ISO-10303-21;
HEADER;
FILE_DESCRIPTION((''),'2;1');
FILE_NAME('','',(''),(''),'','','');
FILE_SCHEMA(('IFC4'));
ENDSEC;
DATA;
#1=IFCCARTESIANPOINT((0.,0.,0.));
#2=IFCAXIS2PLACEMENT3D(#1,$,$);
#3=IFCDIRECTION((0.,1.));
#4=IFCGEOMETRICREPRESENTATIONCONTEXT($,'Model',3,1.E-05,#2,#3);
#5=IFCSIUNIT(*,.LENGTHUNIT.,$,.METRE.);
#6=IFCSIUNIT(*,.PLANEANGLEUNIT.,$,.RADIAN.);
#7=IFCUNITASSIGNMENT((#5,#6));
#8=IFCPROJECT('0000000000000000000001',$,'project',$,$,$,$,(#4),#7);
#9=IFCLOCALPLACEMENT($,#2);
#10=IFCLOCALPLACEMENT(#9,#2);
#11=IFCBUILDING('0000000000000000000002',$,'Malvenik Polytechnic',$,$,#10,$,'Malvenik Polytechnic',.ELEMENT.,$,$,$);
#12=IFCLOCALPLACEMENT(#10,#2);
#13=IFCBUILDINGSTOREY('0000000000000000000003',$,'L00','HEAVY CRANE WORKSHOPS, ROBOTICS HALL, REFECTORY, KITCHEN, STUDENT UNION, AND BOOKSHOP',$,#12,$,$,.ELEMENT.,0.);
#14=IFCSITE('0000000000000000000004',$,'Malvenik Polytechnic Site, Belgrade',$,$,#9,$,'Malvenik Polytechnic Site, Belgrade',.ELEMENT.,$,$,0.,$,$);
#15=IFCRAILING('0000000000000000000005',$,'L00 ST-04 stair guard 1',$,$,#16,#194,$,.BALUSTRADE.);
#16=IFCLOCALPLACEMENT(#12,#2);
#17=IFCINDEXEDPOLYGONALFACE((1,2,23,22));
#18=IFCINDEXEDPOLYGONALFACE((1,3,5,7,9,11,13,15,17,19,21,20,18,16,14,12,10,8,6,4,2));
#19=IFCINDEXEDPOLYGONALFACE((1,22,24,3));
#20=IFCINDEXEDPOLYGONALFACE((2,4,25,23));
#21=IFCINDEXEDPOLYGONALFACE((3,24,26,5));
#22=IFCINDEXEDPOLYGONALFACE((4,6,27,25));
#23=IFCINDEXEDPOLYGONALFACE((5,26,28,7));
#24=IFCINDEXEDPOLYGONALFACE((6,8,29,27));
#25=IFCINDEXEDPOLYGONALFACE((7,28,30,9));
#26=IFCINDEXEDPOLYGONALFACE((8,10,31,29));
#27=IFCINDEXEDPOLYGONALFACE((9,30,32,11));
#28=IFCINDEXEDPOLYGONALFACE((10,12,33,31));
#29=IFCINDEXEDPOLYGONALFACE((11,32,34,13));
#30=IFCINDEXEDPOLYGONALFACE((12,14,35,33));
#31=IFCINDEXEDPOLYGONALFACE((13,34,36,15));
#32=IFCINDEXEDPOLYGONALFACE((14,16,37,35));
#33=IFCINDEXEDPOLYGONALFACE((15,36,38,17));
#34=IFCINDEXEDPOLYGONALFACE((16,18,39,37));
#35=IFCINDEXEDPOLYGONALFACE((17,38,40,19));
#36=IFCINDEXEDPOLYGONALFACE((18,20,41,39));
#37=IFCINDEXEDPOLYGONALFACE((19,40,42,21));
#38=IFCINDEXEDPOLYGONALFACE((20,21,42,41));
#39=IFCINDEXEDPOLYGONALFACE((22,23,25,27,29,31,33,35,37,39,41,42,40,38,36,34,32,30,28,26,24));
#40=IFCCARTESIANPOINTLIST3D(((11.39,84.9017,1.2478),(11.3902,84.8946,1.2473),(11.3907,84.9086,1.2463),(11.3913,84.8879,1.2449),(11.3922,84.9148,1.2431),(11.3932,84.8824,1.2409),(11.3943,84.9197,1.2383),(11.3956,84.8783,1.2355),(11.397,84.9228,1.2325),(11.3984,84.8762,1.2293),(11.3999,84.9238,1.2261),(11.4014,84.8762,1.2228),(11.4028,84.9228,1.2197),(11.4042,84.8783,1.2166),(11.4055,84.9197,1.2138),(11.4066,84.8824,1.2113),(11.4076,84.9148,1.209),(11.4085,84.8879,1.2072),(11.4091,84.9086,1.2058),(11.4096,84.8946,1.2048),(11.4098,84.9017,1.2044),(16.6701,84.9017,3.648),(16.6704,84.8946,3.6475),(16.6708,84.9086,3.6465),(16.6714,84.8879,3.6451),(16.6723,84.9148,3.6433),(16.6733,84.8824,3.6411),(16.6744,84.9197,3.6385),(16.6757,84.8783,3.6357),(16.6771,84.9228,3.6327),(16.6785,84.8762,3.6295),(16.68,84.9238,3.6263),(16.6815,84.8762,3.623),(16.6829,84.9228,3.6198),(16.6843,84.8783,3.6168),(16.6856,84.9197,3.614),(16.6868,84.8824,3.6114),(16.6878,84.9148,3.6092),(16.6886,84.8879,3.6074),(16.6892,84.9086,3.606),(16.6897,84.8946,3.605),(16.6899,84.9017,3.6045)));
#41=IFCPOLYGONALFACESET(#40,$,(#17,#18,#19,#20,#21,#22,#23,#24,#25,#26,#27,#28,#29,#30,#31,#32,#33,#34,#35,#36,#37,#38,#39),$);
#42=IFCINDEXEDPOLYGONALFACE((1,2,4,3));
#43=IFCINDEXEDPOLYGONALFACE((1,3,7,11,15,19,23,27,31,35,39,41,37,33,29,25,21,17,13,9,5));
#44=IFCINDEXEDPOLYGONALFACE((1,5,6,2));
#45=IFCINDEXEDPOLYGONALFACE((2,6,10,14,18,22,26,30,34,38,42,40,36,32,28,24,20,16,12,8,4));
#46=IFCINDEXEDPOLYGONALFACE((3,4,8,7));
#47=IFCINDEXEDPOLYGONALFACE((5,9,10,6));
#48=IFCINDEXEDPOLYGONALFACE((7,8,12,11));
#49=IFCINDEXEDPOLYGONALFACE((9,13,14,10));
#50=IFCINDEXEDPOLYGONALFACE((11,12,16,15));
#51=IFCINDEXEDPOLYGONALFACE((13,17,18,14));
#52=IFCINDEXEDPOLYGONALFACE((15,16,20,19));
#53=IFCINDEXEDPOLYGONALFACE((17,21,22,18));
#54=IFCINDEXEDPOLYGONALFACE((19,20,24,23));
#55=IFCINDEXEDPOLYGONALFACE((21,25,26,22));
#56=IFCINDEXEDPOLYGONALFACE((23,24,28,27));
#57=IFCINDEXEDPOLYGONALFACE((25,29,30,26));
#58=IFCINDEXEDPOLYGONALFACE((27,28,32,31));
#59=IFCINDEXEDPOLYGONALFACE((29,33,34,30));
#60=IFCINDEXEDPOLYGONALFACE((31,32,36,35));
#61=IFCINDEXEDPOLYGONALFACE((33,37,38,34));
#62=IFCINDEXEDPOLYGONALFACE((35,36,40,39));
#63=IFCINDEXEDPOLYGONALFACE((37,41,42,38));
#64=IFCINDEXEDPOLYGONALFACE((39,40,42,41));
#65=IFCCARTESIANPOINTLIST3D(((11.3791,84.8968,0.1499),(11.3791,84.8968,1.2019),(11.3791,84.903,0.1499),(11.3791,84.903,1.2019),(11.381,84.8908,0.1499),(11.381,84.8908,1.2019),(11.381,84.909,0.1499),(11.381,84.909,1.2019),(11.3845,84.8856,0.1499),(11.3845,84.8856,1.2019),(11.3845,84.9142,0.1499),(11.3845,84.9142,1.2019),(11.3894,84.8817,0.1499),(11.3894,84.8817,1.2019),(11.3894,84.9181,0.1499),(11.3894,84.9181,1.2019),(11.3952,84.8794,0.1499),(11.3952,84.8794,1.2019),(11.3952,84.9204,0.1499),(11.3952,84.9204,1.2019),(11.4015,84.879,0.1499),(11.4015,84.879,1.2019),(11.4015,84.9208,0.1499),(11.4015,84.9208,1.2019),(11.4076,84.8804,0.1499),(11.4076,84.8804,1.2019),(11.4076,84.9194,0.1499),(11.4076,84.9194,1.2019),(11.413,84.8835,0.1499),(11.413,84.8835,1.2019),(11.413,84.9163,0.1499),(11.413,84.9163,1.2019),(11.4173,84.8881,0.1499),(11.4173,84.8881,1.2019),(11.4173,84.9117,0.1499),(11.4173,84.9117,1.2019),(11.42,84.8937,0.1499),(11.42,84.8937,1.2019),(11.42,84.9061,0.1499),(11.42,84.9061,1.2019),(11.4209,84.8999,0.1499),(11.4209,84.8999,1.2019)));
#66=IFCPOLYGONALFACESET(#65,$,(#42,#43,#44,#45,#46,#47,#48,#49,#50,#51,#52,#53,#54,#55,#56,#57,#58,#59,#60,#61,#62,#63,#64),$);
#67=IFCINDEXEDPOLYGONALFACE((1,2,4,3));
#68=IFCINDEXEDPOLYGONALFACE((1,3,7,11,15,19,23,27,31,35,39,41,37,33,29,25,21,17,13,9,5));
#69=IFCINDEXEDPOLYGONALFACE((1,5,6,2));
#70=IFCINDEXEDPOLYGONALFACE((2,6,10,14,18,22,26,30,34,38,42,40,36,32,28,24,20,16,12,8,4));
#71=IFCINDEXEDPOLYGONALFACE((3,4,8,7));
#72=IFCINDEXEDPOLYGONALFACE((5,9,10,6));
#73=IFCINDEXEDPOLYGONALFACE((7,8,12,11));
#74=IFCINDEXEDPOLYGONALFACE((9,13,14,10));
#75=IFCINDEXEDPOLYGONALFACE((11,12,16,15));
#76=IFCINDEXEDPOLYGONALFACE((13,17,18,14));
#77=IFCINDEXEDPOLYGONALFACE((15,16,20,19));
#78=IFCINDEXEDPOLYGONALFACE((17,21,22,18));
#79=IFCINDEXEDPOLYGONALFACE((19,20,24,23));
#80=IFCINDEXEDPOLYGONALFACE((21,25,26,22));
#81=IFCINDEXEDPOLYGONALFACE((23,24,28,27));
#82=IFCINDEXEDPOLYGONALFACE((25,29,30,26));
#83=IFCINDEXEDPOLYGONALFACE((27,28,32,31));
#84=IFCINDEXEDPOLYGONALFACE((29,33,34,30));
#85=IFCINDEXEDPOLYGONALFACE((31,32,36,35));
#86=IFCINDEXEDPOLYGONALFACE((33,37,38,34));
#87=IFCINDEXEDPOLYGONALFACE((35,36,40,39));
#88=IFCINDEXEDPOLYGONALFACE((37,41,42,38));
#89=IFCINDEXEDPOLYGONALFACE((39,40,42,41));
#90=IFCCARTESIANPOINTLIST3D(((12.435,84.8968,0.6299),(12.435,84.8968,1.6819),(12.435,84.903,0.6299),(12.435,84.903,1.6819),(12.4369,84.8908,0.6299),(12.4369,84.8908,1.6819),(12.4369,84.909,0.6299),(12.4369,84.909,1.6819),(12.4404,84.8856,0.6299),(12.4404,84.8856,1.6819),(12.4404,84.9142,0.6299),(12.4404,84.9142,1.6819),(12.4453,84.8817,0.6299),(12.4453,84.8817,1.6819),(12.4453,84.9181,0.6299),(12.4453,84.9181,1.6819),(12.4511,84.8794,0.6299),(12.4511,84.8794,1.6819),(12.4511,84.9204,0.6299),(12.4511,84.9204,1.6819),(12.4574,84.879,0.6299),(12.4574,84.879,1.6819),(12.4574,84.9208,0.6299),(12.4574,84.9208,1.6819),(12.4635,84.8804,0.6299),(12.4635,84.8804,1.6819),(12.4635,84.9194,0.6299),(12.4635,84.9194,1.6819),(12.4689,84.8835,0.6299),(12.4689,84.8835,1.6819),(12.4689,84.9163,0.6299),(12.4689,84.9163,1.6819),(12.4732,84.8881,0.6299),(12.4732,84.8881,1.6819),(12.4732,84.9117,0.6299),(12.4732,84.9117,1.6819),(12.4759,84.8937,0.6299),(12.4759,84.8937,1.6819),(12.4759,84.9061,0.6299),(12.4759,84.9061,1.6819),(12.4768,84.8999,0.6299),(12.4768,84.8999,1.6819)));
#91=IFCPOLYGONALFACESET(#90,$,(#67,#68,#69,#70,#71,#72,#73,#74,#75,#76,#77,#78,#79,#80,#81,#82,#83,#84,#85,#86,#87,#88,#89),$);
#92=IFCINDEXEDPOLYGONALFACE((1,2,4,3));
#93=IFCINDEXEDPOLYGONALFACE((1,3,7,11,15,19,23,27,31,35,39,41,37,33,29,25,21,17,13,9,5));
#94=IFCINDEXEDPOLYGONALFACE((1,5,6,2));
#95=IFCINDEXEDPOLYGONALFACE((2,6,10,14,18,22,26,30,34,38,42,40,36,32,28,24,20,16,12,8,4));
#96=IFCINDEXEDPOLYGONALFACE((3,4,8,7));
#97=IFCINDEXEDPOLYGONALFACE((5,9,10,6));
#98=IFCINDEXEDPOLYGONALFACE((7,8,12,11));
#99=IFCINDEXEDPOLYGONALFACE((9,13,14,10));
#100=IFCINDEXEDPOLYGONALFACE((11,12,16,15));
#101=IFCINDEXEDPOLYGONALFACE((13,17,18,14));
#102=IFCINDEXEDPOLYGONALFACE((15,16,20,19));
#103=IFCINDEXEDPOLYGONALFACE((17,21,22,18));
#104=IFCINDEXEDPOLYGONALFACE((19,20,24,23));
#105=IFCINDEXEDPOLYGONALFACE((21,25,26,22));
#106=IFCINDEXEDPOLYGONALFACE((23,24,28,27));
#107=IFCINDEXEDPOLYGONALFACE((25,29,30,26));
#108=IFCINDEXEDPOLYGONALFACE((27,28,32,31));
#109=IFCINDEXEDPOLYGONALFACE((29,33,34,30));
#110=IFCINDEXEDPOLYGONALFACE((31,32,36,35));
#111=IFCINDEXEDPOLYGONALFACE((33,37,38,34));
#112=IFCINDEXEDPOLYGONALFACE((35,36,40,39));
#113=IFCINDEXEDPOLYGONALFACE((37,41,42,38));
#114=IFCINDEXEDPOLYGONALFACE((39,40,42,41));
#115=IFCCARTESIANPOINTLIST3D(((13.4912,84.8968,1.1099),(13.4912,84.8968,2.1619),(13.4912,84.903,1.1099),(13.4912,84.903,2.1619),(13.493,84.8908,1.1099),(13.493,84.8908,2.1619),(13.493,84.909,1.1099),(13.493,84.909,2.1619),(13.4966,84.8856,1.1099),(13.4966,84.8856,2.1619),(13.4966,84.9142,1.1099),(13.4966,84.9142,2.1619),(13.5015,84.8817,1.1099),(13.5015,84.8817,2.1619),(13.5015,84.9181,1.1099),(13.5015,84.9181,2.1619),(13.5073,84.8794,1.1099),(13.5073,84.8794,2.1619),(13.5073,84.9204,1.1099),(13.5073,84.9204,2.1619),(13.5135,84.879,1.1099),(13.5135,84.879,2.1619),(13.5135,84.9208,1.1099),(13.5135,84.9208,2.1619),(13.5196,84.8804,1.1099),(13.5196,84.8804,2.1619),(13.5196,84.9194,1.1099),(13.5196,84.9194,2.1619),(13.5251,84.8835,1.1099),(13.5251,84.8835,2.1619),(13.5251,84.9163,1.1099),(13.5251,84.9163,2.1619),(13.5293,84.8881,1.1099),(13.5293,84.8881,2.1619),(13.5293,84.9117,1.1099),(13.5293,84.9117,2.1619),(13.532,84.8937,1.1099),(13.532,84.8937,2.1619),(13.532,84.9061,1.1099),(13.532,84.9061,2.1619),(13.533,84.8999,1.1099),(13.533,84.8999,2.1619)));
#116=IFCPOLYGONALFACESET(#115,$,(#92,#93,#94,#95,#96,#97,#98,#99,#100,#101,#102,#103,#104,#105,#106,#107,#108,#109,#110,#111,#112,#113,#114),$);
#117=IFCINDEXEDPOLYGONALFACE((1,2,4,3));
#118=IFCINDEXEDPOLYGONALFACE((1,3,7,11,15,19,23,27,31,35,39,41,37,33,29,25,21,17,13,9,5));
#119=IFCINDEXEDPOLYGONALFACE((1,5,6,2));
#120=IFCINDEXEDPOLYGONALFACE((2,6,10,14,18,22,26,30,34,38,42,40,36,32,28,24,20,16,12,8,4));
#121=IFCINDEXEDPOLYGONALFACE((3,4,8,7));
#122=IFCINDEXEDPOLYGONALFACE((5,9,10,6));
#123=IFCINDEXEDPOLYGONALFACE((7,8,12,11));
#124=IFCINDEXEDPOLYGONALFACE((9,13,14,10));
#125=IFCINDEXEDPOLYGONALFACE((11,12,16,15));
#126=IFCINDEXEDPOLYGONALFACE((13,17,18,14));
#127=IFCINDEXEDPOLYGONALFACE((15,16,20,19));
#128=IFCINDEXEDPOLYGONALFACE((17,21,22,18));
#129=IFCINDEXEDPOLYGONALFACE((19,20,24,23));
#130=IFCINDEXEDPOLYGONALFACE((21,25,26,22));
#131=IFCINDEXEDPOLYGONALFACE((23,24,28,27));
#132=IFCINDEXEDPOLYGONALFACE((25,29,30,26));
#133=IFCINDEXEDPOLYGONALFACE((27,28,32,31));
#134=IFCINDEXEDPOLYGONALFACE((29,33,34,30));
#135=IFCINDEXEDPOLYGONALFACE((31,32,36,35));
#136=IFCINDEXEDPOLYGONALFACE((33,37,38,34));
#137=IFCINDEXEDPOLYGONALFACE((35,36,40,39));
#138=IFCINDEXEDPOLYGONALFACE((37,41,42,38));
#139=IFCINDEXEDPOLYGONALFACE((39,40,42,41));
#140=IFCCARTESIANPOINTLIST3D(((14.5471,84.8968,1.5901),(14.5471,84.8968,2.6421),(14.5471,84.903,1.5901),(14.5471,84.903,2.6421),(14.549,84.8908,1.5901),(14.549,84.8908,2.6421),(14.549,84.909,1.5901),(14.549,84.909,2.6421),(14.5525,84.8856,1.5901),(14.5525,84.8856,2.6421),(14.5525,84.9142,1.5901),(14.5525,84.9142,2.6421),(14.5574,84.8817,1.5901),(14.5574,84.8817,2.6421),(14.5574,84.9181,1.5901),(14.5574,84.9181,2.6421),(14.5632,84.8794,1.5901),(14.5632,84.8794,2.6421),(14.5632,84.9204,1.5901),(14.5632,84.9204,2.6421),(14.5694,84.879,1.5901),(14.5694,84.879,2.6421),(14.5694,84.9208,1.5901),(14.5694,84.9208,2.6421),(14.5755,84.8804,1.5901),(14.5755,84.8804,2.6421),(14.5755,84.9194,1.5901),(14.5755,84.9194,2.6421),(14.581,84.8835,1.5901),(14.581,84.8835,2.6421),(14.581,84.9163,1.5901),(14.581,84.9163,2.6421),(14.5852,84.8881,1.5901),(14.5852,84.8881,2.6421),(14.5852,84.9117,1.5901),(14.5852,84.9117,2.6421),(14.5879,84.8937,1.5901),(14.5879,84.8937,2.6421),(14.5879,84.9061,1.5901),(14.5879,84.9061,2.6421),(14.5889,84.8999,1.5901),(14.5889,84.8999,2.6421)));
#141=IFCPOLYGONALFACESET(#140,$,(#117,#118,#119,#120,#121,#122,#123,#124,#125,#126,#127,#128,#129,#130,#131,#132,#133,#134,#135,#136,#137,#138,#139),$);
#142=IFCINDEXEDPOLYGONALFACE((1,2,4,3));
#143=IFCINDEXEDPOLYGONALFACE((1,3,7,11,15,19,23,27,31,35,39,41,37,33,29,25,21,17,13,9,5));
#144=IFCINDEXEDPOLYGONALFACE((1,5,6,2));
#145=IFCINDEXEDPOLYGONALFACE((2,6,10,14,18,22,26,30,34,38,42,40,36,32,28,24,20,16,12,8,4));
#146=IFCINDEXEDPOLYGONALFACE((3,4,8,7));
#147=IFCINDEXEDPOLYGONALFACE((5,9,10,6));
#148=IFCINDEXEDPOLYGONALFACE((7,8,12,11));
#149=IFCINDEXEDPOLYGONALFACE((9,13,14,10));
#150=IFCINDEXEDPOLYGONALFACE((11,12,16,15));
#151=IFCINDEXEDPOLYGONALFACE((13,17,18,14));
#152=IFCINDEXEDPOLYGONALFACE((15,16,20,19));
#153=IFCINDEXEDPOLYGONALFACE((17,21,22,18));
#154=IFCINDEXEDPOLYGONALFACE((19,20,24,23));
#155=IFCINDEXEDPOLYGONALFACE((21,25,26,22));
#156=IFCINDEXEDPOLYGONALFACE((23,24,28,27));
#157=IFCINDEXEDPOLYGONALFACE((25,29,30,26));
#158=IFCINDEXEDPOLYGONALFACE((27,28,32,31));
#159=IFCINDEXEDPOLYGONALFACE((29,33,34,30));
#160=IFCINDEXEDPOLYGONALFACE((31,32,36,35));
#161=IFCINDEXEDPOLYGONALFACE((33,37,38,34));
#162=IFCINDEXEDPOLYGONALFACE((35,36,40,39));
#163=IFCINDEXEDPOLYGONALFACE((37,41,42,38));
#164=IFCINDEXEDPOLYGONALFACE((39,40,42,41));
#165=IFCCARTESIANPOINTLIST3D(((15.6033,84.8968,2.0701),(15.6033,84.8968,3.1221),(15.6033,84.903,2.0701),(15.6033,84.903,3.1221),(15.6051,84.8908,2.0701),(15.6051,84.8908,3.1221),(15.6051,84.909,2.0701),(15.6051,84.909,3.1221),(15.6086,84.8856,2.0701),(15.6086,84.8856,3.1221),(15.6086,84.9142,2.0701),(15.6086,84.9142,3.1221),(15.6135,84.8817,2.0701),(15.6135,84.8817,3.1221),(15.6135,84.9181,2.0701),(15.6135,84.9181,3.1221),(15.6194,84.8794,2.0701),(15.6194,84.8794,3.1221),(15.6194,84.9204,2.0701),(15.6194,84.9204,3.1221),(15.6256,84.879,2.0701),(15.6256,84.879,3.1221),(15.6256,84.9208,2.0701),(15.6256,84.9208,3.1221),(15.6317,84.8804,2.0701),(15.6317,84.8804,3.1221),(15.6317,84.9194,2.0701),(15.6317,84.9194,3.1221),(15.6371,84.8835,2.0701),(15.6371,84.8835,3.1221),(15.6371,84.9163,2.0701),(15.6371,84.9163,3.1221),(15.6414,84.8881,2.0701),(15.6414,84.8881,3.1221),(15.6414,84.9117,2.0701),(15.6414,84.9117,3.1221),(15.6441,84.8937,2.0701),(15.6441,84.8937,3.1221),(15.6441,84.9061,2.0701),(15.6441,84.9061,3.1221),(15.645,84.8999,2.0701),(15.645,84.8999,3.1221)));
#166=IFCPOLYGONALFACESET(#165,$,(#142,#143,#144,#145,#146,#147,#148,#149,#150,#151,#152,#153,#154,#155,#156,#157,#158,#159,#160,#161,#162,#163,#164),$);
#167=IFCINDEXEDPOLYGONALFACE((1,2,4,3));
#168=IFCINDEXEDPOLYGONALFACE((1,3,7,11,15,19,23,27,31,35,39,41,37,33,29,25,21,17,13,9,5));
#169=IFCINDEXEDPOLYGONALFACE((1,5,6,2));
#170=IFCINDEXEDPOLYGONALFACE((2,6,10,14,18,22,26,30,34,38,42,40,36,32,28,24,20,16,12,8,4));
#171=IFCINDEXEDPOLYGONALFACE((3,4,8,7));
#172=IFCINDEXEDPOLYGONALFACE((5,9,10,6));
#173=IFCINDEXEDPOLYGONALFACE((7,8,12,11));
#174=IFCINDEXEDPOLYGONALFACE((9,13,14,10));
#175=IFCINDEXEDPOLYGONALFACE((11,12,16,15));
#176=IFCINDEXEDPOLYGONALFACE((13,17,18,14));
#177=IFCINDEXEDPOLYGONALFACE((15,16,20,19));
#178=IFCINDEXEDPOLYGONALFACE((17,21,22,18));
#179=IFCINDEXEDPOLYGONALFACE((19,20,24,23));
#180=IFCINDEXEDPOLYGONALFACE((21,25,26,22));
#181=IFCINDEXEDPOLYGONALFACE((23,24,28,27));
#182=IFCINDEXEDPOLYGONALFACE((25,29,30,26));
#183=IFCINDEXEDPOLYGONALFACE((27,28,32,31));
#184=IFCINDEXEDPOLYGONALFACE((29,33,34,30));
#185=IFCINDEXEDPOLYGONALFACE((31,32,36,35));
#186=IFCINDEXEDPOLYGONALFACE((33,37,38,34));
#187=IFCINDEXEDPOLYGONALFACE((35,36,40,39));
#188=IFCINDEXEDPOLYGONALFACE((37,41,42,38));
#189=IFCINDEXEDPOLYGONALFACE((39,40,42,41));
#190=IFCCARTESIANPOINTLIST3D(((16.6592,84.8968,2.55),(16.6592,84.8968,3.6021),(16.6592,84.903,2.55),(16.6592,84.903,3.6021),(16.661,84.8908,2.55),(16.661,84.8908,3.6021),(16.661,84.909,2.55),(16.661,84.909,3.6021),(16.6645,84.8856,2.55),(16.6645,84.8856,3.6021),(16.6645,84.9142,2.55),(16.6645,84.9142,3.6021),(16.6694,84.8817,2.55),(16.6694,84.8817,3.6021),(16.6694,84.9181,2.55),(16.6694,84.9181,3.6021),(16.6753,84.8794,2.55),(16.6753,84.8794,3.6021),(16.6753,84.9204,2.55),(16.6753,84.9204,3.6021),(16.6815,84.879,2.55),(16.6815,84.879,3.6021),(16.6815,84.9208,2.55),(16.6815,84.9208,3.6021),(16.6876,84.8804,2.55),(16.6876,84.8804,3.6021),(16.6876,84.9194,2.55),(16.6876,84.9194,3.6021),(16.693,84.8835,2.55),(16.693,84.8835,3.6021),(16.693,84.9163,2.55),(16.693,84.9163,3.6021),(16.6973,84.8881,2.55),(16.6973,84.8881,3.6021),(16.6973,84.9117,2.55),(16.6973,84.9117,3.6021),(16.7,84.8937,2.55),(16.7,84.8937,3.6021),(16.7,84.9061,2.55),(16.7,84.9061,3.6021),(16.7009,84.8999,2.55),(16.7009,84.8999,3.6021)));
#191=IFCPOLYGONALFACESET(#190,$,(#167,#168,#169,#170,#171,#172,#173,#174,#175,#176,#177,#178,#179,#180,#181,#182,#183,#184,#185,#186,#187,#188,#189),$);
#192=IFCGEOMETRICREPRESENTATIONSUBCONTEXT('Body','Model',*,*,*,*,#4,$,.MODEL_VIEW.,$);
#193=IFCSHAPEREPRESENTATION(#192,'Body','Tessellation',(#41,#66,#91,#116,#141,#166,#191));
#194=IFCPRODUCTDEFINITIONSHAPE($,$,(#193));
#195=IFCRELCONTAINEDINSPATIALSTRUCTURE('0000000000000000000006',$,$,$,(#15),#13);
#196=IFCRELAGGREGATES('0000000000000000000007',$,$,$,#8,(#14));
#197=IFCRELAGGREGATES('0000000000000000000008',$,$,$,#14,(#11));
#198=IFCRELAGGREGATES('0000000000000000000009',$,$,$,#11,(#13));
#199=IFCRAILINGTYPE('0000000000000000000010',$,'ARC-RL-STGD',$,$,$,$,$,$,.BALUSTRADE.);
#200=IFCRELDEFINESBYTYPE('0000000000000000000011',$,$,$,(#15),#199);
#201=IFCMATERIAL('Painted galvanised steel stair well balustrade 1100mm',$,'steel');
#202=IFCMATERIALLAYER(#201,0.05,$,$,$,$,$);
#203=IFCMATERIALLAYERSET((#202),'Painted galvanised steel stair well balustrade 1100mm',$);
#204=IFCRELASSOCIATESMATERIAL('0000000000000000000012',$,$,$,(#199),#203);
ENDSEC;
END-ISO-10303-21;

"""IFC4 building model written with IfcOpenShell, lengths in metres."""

from ifc_helpers import new_model, si_unit, direction, frame, origin, origin_2d, place, context, subcontext, project, spatial, circle, extrude, material, layer, layer_set, type_object, element, save


model = new_model("IFC4")

# Units and contexts
model_context = context("Model", 3, precision=1e-05, world=origin(), true_north=direction((0.0, 1.0)))
body_context = subcontext(model_context, "Body", "Model", "MODEL_VIEW")
ifc_project = project(units=[si_unit("LENGTHUNIT", "METRE"), si_unit("PLANEANGLEUNIT", "RADIAN")], contexts=[model_context])

# Site, building, storey
site_placement = place(None, origin())
site = spatial("IfcSite", under=ifc_project, at=site_placement, Name="Malvenik Polytechnic Site, Belgrade", LongName="Malvenik Polytechnic Site, Belgrade", CompositionType="ELEMENT", RefElevation=0.0)
building_placement = place(site_placement, origin())
building = spatial("IfcBuilding", under=site, at=building_placement, Name="Malvenik Polytechnic", LongName="Malvenik Polytechnic", CompositionType="ELEMENT")
storey_placement = place(building_placement, origin())
storey = spatial("IfcBuildingStorey", under=building, at=storey_placement, Name="L00", Description="HEAVY CRANE WORKSHOPS, ROBOTICS HALL, REFECTORY, KITCHEN, STUDENT UNION, AND BOOKSHOP", CompositionType="ELEMENT", Elevation=0.0)

# Railing
ifc_material_1 = material(Name="Painted galvanised steel stair well balustrade 1100mm", Category="steel")
ifc_layer_1 = layer(ifc_material_1, 0.05)
ifc_layer_set_1 = layer_set([ifc_layer_1], Name="Painted galvanised steel stair well balustrade 1100mm")
railing_type_1 = type_object("IfcRailingType", Name="ARC-RL-STGD", PredefinedType="BALUSTRADE", material=ifc_layer_set_1)
railing_1_placement = place(storey_placement, frame((11.3999, 84.8999, 0.1499)))
element("IfcRailing", 1, at=railing_1_placement, inside=storey, type_object=railing_type_1, Name="L00 ST-04 stair guard 1", PredefinedType="BALUSTRADE", context=body_context, shape_type="SweptSolid", body=[
    extrude(circle(Radius=0.0239, at=origin_2d()), frame((0.0, 0.0, 1.0762), z_axis=(0.910358, 0.0, 0.413822), x_axis=(0.0, 1.0, 0.0)), (0.0, 0.0, 1.0), 5.8),
    extrude(circle(Radius=0.021, at=origin_2d()), origin(), (0.0, 0.0, 1.0), 1.052),
    extrude(circle(Radius=0.021, at=origin_2d()), frame((1.0559, 0.0, 0.48)), (0.0, 0.0, 1.0), 1.052),
    extrude(circle(Radius=0.021, at=origin_2d()), frame((2.1121, 0.0, 0.96)), (0.0, 0.0, 1.0), 1.052),
    extrude(circle(Radius=0.021, at=origin_2d()), frame((3.168, 0.0, 1.4402)), (0.0, 0.0, 1.0), 1.052),
    extrude(circle(Radius=0.021, at=origin_2d()), frame((4.2241, 0.0, 1.9202)), (0.0, 0.0, 1.0), 1.052),
    extrude(circle(Radius=0.021, at=origin_2d()), frame((5.28, 0.0, 2.4001)), (0.0, 0.0, 1.0), 1.052),
])

save(model, "model.ifc")
